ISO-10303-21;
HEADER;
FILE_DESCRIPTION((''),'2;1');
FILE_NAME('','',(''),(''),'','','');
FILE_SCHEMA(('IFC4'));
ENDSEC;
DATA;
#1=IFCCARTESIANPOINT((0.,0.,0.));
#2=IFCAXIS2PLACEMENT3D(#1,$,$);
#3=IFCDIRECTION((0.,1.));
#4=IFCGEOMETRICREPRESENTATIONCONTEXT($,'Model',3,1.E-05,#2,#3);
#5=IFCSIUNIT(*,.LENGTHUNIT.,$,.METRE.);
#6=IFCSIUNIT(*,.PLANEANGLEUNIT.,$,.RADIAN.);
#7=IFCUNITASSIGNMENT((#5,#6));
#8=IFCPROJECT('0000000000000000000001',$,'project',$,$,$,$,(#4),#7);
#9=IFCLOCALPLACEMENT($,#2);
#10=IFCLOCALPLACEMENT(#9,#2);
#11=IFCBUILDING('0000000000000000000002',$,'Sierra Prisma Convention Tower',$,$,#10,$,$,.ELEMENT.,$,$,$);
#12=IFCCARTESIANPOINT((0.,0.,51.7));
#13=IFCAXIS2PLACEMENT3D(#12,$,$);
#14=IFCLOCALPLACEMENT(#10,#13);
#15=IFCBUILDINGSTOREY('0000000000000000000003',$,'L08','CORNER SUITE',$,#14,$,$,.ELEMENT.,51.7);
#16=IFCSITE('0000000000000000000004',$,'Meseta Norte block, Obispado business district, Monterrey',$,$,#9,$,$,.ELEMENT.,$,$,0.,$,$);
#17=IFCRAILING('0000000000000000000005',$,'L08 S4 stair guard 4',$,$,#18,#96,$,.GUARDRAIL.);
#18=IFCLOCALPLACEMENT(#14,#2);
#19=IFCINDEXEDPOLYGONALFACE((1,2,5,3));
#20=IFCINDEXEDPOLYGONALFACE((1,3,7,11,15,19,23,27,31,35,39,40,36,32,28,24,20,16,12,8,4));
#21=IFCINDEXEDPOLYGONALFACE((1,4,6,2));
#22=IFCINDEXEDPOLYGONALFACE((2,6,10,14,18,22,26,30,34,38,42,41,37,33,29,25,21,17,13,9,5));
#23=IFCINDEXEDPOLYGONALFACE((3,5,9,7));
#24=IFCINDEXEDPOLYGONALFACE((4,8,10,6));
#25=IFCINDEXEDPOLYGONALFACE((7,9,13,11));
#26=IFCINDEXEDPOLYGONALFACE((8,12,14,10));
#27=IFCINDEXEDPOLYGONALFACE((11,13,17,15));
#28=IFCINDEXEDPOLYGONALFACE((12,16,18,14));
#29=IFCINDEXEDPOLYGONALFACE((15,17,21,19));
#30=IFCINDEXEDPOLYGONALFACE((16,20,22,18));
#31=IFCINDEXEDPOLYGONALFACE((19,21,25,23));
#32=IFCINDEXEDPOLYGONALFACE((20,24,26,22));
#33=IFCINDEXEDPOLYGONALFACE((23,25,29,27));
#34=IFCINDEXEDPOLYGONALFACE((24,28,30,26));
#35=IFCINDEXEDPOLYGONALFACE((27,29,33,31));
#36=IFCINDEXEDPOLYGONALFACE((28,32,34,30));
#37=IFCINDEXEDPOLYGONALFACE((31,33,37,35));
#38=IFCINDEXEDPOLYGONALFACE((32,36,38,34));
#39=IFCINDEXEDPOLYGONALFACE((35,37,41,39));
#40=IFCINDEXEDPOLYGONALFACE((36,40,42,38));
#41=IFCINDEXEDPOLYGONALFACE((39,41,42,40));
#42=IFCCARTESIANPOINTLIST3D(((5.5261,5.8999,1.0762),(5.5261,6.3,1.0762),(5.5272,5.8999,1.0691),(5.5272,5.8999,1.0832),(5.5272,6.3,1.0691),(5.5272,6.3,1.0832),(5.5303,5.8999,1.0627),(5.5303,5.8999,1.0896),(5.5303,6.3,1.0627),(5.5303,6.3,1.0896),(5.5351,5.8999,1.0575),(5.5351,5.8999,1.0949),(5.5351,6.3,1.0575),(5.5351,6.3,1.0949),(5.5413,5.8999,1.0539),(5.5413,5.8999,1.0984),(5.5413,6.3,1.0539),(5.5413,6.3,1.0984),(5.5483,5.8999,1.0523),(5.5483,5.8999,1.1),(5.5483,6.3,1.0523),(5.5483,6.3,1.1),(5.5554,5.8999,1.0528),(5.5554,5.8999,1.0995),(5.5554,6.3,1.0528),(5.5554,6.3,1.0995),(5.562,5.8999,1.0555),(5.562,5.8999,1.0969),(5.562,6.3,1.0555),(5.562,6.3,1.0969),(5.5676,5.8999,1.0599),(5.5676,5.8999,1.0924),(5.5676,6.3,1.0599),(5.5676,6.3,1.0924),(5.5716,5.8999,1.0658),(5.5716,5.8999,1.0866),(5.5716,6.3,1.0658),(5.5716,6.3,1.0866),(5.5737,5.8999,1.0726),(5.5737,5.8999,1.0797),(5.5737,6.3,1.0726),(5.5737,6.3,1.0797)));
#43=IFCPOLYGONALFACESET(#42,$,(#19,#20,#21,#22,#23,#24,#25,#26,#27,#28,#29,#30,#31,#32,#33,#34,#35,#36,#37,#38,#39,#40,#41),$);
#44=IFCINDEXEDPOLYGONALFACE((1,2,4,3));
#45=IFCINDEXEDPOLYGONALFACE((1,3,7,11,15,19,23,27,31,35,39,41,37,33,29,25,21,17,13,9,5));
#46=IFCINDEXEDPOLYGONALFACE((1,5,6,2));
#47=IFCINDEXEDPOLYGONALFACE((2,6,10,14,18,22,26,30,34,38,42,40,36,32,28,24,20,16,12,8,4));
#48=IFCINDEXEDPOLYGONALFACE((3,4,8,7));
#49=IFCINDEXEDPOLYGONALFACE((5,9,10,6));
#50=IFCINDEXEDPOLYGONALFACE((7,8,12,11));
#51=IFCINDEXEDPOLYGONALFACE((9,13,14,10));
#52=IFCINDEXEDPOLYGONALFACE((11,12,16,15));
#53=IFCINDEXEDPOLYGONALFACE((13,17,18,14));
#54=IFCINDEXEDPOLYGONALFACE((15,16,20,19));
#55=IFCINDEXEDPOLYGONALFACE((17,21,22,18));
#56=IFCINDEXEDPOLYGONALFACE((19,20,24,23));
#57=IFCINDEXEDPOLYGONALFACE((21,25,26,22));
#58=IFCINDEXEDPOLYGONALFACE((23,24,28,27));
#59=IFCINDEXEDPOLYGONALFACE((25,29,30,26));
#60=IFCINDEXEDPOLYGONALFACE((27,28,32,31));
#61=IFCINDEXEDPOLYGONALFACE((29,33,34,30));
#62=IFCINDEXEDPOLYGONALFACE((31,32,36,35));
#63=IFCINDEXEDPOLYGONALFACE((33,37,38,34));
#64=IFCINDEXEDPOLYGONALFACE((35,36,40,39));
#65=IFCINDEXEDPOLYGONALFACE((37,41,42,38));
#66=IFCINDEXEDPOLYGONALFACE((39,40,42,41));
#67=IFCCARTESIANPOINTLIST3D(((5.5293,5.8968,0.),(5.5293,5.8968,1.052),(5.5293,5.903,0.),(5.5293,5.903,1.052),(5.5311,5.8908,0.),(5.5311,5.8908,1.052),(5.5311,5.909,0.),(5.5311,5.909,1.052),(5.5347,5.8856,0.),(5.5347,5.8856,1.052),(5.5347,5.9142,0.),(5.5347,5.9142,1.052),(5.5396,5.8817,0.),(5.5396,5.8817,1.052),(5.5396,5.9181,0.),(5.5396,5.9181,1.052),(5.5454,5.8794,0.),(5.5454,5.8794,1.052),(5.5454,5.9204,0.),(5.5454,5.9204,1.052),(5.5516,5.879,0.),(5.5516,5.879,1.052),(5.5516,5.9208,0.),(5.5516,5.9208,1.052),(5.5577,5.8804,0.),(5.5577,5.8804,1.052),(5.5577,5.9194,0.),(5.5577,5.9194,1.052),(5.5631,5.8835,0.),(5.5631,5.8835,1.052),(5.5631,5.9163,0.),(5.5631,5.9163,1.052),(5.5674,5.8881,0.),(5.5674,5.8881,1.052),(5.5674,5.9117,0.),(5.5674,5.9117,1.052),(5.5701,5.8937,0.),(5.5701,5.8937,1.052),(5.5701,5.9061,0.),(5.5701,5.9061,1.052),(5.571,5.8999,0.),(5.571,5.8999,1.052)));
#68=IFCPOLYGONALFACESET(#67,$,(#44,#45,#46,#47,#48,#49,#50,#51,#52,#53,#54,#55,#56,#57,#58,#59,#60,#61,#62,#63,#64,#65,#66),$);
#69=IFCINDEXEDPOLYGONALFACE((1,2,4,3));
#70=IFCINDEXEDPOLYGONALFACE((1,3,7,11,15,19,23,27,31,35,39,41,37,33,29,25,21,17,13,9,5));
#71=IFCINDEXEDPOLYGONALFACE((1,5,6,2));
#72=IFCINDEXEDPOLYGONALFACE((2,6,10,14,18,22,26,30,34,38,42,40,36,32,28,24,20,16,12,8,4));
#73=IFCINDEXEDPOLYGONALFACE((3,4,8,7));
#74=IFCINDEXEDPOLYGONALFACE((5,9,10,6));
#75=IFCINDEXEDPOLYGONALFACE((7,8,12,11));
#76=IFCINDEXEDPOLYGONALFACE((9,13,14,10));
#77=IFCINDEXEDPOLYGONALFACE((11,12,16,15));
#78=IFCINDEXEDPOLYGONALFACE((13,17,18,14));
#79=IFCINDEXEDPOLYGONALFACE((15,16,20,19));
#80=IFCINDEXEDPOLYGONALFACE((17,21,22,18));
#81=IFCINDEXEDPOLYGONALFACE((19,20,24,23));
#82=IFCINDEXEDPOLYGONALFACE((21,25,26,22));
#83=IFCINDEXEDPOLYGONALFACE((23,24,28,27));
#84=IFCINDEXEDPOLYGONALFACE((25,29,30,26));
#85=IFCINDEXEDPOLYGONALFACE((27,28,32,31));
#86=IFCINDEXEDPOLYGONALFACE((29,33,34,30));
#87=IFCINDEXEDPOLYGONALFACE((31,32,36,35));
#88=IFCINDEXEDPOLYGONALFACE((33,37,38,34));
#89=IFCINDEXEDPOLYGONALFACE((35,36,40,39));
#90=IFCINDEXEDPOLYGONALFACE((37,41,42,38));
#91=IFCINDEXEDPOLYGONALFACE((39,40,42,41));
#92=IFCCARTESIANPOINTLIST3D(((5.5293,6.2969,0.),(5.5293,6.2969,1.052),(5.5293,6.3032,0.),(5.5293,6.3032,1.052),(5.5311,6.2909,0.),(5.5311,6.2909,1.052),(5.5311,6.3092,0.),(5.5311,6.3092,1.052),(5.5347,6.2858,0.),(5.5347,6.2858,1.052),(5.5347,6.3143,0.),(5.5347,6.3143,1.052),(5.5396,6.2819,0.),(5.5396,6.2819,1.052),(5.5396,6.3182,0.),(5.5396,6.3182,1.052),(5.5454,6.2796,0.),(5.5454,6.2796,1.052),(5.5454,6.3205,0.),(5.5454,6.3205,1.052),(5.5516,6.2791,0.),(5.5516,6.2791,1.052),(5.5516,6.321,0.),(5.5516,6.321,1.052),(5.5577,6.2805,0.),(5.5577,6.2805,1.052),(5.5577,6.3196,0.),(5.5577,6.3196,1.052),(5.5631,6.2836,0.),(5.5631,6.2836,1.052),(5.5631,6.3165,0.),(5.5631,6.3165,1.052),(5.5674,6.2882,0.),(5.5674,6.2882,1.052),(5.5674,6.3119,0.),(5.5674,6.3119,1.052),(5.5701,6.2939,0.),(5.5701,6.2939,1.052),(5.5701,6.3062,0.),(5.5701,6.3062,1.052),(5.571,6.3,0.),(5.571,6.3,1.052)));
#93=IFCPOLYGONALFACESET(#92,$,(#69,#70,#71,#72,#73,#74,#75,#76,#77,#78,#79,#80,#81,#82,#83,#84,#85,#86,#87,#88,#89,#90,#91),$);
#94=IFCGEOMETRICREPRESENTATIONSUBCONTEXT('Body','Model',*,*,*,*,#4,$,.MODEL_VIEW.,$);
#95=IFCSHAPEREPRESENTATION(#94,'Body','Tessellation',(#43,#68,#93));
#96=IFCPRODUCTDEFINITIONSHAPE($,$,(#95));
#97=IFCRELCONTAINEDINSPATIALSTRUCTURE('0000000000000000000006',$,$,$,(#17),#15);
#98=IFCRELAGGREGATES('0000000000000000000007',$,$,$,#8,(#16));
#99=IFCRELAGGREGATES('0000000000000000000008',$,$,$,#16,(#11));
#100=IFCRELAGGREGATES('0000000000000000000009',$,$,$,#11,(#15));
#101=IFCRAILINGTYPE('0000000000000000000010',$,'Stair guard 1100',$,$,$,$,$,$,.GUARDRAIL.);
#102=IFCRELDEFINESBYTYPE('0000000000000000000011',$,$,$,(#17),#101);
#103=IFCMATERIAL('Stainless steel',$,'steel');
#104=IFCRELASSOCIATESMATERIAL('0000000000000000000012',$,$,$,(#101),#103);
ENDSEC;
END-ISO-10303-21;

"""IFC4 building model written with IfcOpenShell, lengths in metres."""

from ifc_helpers import new_model, si_unit, direction, frame, origin, origin_2d, place, context, subcontext, project, spatial, circle, extrude, material, type_object, element, save


model = new_model("IFC4")

# Units and contexts
model_context = context("Model", 3, precision=1e-05, world=origin(), true_north=direction((0.0, 1.0)))
body_context = subcontext(model_context, "Body", "Model", "MODEL_VIEW")
ifc_project = project(units=[si_unit("LENGTHUNIT", "METRE"), si_unit("PLANEANGLEUNIT", "RADIAN")], contexts=[model_context])

# Site, building, storey
site_placement = place(None, origin())
site = spatial("IfcSite", under=ifc_project, at=site_placement, Name="Meseta Norte block, Obispado business district, Monterrey", CompositionType="ELEMENT", RefElevation=0.0)
building_placement = place(site_placement, origin())
building = spatial("IfcBuilding", under=site, at=building_placement, Name="Sierra Prisma Convention Tower", CompositionType="ELEMENT")
storey_placement = place(building_placement, frame((0.0, 0.0, 51.7)))
storey = spatial("IfcBuildingStorey", under=building, at=storey_placement, Name="L08", Description="CORNER SUITE", CompositionType="ELEMENT", Elevation=51.7)

# Railing
ifc_material_1 = material(Name="Stainless steel", Category="steel")
railing_type_1 = type_object("IfcRailingType", Name="Stair guard 1100", PredefinedType="GUARDRAIL", material=ifc_material_1)
railing_1_placement = place(storey_placement, frame((5.55, 5.8999, 0.0)))
element("IfcRailing", 1, at=railing_1_placement, inside=storey, type_object=railing_type_1, Name="L08 S4 stair guard 4", PredefinedType="GUARDRAIL", context=body_context, shape_type="SweptSolid", body=[
    extrude(circle(Radius=0.0239, at=origin_2d()), frame((0.0, 0.0, 1.0762), z_axis=(0.0, 1.0, 0.0), x_axis=(-1.0, 0.0, 0.0)), (0.0, 0.0, 1.0), 0.4001),
    extrude(circle(Radius=0.021, at=origin_2d()), origin(), (0.0, 0.0, 1.0), 1.052),
    extrude(circle(Radius=0.021, at=origin_2d()), frame((0.0, 0.4001, 0.0)), (0.0, 0.0, 1.0), 1.052),
])

save(model, "model.ifc")
